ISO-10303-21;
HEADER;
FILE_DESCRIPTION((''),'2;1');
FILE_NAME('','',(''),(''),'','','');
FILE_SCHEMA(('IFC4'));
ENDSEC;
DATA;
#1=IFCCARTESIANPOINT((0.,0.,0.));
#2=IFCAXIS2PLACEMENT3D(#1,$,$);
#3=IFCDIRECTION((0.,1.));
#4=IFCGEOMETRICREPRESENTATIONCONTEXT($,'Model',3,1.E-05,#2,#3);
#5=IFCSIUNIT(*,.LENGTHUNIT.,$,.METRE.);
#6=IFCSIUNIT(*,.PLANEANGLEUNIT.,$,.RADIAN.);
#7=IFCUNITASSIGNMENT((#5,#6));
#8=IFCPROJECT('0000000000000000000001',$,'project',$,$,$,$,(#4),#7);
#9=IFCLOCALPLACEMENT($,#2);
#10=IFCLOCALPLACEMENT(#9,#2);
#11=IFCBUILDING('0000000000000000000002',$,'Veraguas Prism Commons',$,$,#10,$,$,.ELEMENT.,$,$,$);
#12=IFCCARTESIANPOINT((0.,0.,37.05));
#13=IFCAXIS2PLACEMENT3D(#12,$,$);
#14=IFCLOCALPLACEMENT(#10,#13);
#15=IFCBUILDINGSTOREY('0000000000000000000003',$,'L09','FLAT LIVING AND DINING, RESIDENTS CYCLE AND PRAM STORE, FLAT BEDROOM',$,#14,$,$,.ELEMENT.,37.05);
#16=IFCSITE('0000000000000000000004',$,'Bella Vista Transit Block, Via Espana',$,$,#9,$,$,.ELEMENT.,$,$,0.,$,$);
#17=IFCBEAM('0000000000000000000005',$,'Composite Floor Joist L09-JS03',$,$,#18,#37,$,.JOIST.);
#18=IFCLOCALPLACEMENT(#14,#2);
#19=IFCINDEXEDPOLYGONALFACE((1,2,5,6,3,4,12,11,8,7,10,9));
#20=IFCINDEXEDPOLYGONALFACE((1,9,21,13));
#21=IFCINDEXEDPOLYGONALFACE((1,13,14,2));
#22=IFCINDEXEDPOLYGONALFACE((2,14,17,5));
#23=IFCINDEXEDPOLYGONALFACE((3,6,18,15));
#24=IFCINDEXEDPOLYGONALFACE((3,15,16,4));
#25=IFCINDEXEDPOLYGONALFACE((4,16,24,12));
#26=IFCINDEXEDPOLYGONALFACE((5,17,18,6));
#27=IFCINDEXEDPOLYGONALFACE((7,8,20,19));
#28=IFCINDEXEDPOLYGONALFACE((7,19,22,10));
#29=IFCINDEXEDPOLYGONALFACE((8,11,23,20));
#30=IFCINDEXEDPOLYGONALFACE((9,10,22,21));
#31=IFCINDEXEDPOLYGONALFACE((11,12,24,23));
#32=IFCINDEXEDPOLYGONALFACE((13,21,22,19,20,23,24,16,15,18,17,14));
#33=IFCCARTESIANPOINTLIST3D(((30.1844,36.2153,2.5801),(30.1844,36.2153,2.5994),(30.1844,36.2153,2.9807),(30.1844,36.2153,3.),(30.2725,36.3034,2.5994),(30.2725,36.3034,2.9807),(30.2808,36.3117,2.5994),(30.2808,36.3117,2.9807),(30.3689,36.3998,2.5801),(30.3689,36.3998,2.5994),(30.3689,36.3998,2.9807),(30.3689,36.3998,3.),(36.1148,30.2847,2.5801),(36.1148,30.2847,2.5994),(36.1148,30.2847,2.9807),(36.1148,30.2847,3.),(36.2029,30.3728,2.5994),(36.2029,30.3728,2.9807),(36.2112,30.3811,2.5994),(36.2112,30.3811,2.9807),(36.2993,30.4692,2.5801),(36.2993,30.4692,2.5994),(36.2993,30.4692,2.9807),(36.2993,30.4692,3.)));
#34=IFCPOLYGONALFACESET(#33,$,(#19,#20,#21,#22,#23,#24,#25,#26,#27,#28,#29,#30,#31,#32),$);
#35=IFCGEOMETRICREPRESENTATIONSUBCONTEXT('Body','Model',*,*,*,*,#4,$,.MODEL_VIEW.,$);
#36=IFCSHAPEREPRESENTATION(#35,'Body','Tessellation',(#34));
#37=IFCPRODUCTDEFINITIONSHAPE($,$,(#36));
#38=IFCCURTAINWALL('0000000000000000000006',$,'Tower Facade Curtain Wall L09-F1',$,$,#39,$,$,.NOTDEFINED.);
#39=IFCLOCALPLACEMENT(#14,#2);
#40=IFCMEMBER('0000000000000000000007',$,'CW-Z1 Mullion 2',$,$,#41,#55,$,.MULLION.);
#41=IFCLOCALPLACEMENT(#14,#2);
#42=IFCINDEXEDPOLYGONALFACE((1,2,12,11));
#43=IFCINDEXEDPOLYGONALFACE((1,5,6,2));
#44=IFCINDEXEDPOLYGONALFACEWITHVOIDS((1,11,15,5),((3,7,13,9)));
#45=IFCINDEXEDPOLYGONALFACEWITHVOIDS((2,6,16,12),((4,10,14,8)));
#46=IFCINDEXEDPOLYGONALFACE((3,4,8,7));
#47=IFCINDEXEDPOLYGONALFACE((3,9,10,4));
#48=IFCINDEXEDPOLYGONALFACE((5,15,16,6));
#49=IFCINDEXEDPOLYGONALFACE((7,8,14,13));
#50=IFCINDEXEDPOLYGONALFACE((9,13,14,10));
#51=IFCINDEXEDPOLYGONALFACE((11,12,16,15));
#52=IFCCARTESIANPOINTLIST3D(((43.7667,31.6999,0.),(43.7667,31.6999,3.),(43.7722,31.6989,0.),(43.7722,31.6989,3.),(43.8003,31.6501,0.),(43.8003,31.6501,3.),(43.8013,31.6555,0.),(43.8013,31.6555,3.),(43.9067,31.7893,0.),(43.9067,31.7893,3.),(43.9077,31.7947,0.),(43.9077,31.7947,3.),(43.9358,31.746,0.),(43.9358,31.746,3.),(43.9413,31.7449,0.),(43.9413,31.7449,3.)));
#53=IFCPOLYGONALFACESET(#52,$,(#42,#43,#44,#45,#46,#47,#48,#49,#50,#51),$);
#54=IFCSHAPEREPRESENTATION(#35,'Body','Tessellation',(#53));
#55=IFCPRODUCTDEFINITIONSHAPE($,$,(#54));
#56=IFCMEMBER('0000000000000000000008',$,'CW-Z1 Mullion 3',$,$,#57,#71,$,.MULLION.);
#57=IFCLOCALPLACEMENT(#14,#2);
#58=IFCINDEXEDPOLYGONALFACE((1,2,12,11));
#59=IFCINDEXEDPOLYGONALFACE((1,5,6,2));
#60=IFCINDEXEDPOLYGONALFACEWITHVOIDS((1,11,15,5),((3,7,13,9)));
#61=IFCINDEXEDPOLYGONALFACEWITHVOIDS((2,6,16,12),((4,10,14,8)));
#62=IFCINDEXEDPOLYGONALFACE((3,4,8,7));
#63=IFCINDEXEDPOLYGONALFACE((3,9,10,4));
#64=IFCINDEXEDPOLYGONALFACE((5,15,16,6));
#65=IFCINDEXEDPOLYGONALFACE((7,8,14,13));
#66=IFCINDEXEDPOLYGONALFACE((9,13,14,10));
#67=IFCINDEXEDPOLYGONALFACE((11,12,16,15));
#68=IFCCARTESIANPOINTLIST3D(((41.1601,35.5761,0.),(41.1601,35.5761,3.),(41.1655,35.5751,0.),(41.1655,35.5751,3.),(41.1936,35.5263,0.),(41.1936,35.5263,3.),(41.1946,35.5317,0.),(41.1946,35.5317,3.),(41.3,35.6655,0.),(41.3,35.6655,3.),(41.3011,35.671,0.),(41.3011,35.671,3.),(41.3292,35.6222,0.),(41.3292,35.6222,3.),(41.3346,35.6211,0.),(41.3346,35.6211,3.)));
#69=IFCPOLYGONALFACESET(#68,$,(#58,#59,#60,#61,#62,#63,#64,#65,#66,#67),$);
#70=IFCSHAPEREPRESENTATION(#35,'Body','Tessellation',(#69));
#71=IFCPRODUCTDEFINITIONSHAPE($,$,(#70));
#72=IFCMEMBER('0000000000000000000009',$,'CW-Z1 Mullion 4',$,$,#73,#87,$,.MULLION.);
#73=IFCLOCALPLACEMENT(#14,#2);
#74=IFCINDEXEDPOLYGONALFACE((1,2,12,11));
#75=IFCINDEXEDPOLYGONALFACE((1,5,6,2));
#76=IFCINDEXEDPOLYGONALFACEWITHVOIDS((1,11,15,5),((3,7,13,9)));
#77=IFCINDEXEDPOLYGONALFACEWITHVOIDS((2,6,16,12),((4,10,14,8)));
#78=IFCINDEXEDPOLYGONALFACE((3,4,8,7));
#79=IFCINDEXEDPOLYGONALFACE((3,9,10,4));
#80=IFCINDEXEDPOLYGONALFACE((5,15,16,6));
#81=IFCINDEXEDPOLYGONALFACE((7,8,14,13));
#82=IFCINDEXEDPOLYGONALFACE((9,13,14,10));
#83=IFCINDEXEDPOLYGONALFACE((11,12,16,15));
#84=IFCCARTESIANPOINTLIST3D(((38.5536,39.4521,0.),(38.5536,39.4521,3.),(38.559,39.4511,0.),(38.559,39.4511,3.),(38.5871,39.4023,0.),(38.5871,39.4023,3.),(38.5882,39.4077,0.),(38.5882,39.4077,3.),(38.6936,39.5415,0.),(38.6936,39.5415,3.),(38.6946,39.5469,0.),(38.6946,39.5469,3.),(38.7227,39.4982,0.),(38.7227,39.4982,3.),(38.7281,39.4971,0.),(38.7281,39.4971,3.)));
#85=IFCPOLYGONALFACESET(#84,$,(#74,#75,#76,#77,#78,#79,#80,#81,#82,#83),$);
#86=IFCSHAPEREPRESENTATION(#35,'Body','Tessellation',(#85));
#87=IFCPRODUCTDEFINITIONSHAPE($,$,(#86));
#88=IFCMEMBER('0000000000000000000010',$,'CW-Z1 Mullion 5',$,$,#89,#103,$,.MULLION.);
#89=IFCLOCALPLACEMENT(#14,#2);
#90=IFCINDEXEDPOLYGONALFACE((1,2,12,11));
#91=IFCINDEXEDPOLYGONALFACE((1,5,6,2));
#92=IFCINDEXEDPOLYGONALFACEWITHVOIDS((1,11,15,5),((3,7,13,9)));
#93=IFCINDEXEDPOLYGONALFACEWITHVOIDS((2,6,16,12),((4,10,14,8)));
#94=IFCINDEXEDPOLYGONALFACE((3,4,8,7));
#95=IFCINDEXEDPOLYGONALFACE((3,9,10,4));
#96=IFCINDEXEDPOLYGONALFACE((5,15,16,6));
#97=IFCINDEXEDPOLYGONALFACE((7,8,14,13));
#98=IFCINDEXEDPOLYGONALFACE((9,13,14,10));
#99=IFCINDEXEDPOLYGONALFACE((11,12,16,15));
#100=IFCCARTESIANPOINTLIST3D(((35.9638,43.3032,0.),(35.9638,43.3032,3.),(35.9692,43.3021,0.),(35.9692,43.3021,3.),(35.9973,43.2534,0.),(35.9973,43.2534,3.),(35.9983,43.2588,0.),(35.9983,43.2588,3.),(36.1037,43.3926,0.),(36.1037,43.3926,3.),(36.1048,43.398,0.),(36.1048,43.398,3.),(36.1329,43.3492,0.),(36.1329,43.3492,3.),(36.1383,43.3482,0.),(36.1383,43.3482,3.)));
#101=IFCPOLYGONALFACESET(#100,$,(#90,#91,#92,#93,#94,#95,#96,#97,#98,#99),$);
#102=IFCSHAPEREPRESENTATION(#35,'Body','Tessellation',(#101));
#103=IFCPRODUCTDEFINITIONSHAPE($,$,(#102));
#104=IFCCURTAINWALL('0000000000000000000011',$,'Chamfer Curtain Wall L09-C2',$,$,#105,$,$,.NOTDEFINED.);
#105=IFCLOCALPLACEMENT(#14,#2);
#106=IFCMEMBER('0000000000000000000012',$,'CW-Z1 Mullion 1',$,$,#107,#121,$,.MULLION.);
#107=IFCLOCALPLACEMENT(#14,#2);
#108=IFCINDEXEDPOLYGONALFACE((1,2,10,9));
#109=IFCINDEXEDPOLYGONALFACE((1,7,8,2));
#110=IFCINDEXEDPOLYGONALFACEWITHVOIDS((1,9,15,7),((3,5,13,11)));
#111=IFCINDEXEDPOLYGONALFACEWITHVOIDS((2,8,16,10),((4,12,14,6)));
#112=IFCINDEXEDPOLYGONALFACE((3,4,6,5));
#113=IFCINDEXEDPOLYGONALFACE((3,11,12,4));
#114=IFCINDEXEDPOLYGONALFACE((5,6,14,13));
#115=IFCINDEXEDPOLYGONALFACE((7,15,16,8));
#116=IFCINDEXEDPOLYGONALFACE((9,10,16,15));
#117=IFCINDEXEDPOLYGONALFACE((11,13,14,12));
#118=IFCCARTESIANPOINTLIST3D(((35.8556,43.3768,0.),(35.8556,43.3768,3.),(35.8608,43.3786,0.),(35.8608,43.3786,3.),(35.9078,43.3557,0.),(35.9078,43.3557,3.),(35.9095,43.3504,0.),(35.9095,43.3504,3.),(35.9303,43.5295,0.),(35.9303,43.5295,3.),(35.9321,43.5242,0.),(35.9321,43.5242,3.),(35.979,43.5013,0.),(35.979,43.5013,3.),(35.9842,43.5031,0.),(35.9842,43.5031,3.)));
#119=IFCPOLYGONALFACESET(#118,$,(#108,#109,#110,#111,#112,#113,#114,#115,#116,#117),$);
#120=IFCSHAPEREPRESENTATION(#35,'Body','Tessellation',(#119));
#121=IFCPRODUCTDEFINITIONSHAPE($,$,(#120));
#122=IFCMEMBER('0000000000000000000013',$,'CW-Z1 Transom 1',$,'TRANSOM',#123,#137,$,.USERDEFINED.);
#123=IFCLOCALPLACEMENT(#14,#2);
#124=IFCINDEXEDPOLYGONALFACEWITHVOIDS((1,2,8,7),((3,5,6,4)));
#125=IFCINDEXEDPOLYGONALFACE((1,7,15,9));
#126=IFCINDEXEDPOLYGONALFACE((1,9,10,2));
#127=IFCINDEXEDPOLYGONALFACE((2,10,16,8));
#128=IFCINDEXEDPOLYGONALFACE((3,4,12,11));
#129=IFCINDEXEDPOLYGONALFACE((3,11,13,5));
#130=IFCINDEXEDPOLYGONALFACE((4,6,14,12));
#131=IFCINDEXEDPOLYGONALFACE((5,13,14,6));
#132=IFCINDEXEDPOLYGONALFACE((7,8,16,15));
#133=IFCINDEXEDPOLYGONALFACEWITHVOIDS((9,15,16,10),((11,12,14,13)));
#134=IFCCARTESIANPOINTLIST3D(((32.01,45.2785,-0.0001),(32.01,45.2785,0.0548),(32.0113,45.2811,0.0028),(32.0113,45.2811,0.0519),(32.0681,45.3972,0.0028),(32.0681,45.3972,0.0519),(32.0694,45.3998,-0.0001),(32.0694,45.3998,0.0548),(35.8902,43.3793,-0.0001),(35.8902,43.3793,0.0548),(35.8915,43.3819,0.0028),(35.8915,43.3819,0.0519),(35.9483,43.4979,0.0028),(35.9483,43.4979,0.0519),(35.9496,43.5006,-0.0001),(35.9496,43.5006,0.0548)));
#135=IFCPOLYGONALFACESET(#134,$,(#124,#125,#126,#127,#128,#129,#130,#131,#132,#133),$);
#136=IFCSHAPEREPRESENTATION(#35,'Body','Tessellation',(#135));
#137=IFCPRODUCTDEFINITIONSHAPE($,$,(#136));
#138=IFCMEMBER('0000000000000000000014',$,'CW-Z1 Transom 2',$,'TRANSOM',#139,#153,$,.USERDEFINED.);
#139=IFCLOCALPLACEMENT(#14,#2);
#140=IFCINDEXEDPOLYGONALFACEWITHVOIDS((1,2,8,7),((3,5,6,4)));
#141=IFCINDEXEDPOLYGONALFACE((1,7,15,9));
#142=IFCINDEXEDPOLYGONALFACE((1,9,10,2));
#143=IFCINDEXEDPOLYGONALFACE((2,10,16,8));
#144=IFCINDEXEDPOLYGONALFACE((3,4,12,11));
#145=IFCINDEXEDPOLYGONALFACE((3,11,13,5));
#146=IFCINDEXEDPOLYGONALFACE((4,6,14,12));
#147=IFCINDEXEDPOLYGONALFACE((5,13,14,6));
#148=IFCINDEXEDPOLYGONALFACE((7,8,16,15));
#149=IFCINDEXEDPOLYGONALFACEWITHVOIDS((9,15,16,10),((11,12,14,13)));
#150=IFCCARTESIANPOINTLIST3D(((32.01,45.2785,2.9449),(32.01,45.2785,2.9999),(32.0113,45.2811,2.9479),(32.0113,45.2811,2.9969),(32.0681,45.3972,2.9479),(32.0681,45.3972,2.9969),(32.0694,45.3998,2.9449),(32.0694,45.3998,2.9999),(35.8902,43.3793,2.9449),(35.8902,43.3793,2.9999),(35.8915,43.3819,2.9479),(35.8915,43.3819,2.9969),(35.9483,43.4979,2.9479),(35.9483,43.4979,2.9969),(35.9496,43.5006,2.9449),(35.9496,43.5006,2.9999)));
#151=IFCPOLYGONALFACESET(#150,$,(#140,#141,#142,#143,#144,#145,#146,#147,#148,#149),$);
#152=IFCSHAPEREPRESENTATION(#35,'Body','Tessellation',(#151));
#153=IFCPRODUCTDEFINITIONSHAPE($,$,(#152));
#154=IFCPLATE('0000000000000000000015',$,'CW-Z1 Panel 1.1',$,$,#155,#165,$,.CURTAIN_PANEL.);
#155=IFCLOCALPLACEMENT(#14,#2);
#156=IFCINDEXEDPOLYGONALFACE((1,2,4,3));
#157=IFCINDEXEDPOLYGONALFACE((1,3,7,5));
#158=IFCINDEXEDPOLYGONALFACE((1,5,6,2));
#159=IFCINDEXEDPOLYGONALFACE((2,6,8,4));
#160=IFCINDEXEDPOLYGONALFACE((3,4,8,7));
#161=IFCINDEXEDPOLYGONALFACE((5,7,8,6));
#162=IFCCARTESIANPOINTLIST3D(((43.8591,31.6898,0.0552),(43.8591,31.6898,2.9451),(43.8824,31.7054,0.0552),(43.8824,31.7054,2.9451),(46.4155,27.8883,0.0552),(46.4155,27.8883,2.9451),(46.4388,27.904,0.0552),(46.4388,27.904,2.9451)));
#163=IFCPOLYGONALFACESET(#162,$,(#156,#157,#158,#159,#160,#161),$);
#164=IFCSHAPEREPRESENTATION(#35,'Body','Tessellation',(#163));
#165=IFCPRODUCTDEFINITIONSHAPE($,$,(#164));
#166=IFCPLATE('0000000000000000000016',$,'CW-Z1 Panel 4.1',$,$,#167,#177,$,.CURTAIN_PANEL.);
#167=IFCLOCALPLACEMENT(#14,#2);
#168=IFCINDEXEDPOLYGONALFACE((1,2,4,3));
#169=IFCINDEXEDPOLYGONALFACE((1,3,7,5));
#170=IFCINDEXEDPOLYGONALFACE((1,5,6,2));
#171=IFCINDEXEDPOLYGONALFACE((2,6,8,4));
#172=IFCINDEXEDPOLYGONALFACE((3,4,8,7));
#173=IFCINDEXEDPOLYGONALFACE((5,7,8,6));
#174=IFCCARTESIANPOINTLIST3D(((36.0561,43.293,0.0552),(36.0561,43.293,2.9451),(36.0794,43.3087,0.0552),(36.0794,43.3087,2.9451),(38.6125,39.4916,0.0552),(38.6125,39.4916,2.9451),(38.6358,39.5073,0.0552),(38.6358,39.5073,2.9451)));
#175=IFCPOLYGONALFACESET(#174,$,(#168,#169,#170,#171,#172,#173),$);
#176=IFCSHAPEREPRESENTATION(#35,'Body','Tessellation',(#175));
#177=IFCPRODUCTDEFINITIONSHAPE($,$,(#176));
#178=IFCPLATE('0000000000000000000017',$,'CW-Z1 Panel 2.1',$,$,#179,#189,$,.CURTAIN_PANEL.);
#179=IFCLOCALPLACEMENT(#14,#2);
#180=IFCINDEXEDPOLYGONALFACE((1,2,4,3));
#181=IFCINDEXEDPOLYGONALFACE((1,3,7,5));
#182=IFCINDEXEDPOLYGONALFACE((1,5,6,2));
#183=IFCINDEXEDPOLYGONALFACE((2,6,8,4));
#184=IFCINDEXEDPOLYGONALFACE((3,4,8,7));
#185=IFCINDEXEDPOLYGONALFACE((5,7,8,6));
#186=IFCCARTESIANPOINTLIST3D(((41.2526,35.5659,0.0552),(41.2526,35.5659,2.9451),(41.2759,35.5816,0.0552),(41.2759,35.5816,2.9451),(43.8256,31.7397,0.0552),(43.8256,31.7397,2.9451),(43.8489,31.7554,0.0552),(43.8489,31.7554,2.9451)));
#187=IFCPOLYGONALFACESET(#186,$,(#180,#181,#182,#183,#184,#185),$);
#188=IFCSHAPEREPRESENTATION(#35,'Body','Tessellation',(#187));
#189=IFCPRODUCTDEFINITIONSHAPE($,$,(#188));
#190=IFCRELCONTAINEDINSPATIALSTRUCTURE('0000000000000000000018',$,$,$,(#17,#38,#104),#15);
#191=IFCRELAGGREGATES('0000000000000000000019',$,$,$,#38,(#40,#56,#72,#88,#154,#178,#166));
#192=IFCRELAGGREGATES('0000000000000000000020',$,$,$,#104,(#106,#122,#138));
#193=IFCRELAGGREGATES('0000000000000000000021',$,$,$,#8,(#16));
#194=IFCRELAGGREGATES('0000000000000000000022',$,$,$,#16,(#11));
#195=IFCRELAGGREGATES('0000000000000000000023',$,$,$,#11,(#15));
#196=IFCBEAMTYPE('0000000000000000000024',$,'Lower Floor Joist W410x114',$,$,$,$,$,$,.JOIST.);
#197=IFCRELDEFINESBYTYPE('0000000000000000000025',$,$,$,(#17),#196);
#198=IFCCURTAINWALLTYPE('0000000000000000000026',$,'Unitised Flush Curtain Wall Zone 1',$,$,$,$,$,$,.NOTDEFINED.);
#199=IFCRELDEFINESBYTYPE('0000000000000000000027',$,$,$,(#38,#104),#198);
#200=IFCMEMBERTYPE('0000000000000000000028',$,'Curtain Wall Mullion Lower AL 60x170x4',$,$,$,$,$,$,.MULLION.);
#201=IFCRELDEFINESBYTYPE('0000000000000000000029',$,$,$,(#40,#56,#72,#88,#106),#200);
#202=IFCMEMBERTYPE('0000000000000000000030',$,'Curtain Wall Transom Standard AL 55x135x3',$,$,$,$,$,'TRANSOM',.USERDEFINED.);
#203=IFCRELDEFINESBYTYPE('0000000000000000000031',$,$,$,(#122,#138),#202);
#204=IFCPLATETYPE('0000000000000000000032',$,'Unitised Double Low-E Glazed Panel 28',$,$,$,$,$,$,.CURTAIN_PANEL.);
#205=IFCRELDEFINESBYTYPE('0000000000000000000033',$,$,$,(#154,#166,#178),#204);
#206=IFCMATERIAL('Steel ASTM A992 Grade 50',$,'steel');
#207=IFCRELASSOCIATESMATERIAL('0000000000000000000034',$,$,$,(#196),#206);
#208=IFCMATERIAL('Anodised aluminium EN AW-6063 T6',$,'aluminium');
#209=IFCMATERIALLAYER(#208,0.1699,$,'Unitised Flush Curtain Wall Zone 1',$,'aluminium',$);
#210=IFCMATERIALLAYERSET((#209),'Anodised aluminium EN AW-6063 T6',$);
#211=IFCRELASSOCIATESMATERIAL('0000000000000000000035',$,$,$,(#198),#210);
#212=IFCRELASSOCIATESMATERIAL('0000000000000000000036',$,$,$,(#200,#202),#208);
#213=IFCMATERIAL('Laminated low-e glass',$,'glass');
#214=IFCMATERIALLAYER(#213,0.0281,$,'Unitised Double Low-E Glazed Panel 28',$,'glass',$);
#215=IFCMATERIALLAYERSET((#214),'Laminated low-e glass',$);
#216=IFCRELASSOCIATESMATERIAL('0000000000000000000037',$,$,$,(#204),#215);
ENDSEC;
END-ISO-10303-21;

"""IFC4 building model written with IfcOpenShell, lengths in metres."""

from ifc_helpers import new_model, si_unit, direction, frame, origin, origin_2d, place, context, subcontext, project, spatial, rectangle, hollow_rectangle, i_section, extrude, source, transform, mapped, material, layer, layer_set, material_profile, profile_set, type_object, element, aggregate, save


model = new_model("IFC4")

# Units and contexts
model_context = context("Model", 3, precision=1e-05, world=origin(), true_north=direction((0.0, 1.0)))
body_context = subcontext(model_context, "Body", "Model", "MODEL_VIEW")
ifc_project = project(units=[si_unit("LENGTHUNIT", "METRE"), si_unit("PLANEANGLEUNIT", "RADIAN")], contexts=[model_context])

# Site, building, storey
site_placement = place(None, origin())
site = spatial("IfcSite", under=ifc_project, at=site_placement, Name="Bella Vista Transit Block, Via Espana", CompositionType="ELEMENT", RefElevation=0.0)
building_placement = place(site_placement, origin())
building = spatial("IfcBuilding", under=site, at=building_placement, Name="Veraguas Prism Commons", CompositionType="ELEMENT")
storey_placement = place(building_placement, frame((0.0, 0.0, 37.05)))
storey = spatial("IfcBuildingStorey", under=building, at=storey_placement, Name="L09", Description="FLAT LIVING AND DINING, RESIDENTS CYCLE AND PRAM STORE, FLAT BEDROOM", CompositionType="ELEMENT", Elevation=37.05)

# Beam
ifc_material_1 = material(Name="Steel ASTM A992 Grade 50", Category="steel")
ifc_material_profile_1 = material_profile(ifc_material_1, i_section(OverallWidth=0.261, OverallDepth=0.4199, WebThickness=0.0117, FlangeThickness=0.0193, at=origin_2d()), Name="W410X114")
ifc_profile_set_1 = profile_set([ifc_material_profile_1], Name="Steel ASTM A992 Grade 50")
beam_type = type_object("IfcBeamType", Name="Lower Floor Joist W410x114", PredefinedType="JOIST", material=ifc_profile_set_1)
beam_placement = place(storey_placement, frame((36.207, 30.377, 2.79), z_axis=(-0.707092, 0.707121, 0.0), x_axis=(-0.707121, -0.707092, 0.0)))
element("IfcBeam", 1, at=beam_placement, inside=storey, type_object=beam_type, Name="Composite Floor Joist L09-JS03", PredefinedType="JOIST", context=body_context, shape_type="SweptSolid", body=[
    extrude(i_section(OverallWidth=0.261, OverallDepth=0.4199, WebThickness=0.0117, FlangeThickness=0.0193, at=origin_2d()), origin(), (0.0, 0.0, 1.0), 8.387),
])

# Curtain walls, members
ifc_material_2 = material(Name="Anodised aluminium EN AW-6063 T6", Category="aluminium")
ifc_layer_1 = layer(ifc_material_2, 0.1699, Name="Unitised Flush Curtain Wall Zone 1", Category="aluminium")
ifc_layer_set_1 = layer_set([ifc_layer_1], Name="Anodised aluminium EN AW-6063 T6")
curtain_wall_type = type_object("IfcCurtainWallType", Name="Unitised Flush Curtain Wall Zone 1", PredefinedType="NOTDEFINED", material=ifc_layer_set_1)
curtain_wall_1_placement = place(storey_placement, origin())
curtain_wall_1 = element("IfcCurtainWall", 2, at=curtain_wall_1_placement, inside=storey, type_object=curtain_wall_type, Name="Tower Facade Curtain Wall L09-F1", PredefinedType="NOTDEFINED")
ifc_material_profile_2 = material_profile(ifc_material_2, hollow_rectangle(XDim=0.0601, YDim=0.1699, WallThickness=0.0039, at=origin_2d()), Name="AL60X170X4")
ifc_profile_set_2 = profile_set([ifc_material_profile_2], Name="Anodised aluminium EN AW-6063 T6")
member_type_1 = type_object("IfcMemberType", Name="Curtain Wall Mullion Lower AL 60x170x4", PredefinedType="MULLION", material=ifc_profile_set_2)
shared_shape_1 = source(origin(), body_context, "Body", "SweptSolid", [
    extrude(hollow_rectangle(XDim=0.0601, YDim=0.1699, WallThickness=0.0039, at=origin_2d()), origin(), (0.0, 0.0, 1.0), 3.0),
])
member_1_placement = place(storey_placement, frame((43.854, 31.7224, 0.0), z_axis=(0.0, 0.0, 1.0), x_axis=(-0.558035, 0.829818, 0.0)))
member_1 = element("IfcMember", 3, at=member_1_placement, type_object=member_type_1, Name="CW-Z1 Mullion 2", PredefinedType="MULLION", context=body_context, shape_type="MappedRepresentation", body=[
    mapped(shared_shape_1, transform((0.0, 0.0, 0.0), scale=1.0)),
])
member_2_placement = place(storey_placement, frame((41.2473, 35.5986, 0.0), z_axis=(0.0, 0.0, 1.0), x_axis=(-0.558035, 0.829818, 0.0)))
member_2 = element("IfcMember", 4, at=member_2_placement, type_object=member_type_1, Name="CW-Z1 Mullion 3", PredefinedType="MULLION", context=body_context, shape_type="MappedRepresentation", body=[
    mapped(shared_shape_1, transform((0.0, 0.0, 0.0), scale=1.0)),
])
member_3_placement = place(storey_placement, frame((38.6409, 39.4746, 0.0), z_axis=(0.0, 0.0, 1.0), x_axis=(-0.558035, 0.829818, 0.0)))
member_3 = element("IfcMember", 5, at=member_3_placement, type_object=member_type_1, Name="CW-Z1 Mullion 4", PredefinedType="MULLION", context=body_context, shape_type="MappedRepresentation", body=[
    mapped(shared_shape_1, transform((0.0, 0.0, 0.0), scale=1.0)),
])
member_4_placement = place(storey_placement, frame((36.051, 43.3257, 0.0), z_axis=(0.0, 0.0, 1.0), x_axis=(-0.558035, 0.829818, 0.0)))
member_4 = element("IfcMember", 6, at=member_4_placement, type_object=member_type_1, Name="CW-Z1 Mullion 5", PredefinedType="MULLION", context=body_context, shape_type="MappedRepresentation", body=[
    mapped(shared_shape_1, transform((0.0, 0.0, 0.0), scale=1.0)),
])
curtain_wall_2_placement = place(storey_placement, origin())
curtain_wall_2 = element("IfcCurtainWall", 7, at=curtain_wall_2_placement, inside=storey, type_object=curtain_wall_type, Name="Chamfer Curtain Wall L09-C2", PredefinedType="NOTDEFINED")
member_5_placement = place(storey_placement, frame((35.9199, 43.4399, 0.0), z_axis=(0.0, 0.0, 1.0), x_axis=(-0.898185, 0.439618, 0.0)))
member_5 = element("IfcMember", 8, at=member_5_placement, type_object=member_type_1, Name="CW-Z1 Mullion 1", PredefinedType="MULLION", context=body_context, shape_type="MappedRepresentation", body=[
    mapped(shared_shape_1, transform((0.0, 0.0, 0.0), scale=1.0)),
])
ifc_material_profile_3 = material_profile(ifc_material_2, hollow_rectangle(XDim=0.0549, YDim=0.135, WallThickness=0.0029, at=origin_2d()), Name="AL55X135X3")
ifc_profile_set_3 = profile_set([ifc_material_profile_3], Name="Anodised aluminium EN AW-6063 T6")
member_type_2 = type_object("IfcMemberType", Name="Curtain Wall Transom Standard AL 55x135x3", ElementType="TRANSOM", PredefinedType="USERDEFINED", material=ifc_profile_set_3)
shared_shape_2 = source(origin(), body_context, "Body", "SweptSolid", [
    extrude(hollow_rectangle(XDim=0.0549, YDim=0.135, WallThickness=0.0029, at=origin_2d()), origin(), (0.0, 0.0, 1.0), 4.3201),
])
member_6_placement = place(storey_placement, frame((35.9199, 43.4399, 0.0273), z_axis=(-0.898182, 0.439625, 0.0), x_axis=(0.0, 0.0, 1.0)))
member_6 = element("IfcMember", 9, at=member_6_placement, type_object=member_type_2, Name="CW-Z1 Transom 1", ObjectType="TRANSOM", PredefinedType="USERDEFINED", context=body_context, shape_type="MappedRepresentation", body=[
    mapped(shared_shape_2, transform((0.0, 0.0, 0.0), scale=1.0)),
])
member_7_placement = place(storey_placement, frame((35.9199, 43.4399, 2.9724), z_axis=(-0.898182, 0.439625, 0.0), x_axis=(0.0, 0.0, 1.0)))
member_7 = element("IfcMember", 10, at=member_7_placement, type_object=member_type_2, Name="CW-Z1 Transom 2", ObjectType="TRANSOM", PredefinedType="USERDEFINED", context=body_context, shape_type="MappedRepresentation", body=[
    mapped(shared_shape_2, transform((0.0, 0.0, 0.0), scale=1.0)),
])

# Plates
ifc_material_3 = material(Name="Laminated low-e glass", Category="glass")
ifc_layer_2 = layer(ifc_material_3, 0.0281, Name="Unitised Double Low-E Glazed Panel 28", Category="glass")
ifc_layer_set_2 = layer_set([ifc_layer_2], Name="Laminated low-e glass")
plate_type = type_object("IfcPlateType", Name="Unitised Double Low-E Glazed Panel 28", PredefinedType="CURTAIN_PANEL", material=ifc_layer_set_2)
shared_shape_3 = source(origin(), body_context, "Body", "SweptSolid", [
    extrude(rectangle(XDim=4.5811, YDim=0.0281, at=origin_2d()), origin(), (0.0, 0.0, 1.0), 2.8899),
])
plate_1_placement = place(storey_placement, frame((45.1489, 29.7969, 0.0552), z_axis=(0.0, 0.0, 1.0), x_axis=(-0.558035, 0.829818, 0.0)))
plate_1 = element("IfcPlate", 11, at=plate_1_placement, type_object=plate_type, Name="CW-Z1 Panel 1.1", PredefinedType="CURTAIN_PANEL", context=body_context, shape_type="MappedRepresentation", body=[
    mapped(shared_shape_3, transform((0.0, 0.0, 0.0), scale=1.0)),
])
plate_2_placement = place(storey_placement, frame((37.3459, 41.4001, 0.0552), z_axis=(0.0, 0.0, 1.0), x_axis=(-0.558035, 0.829818, 0.0)))
plate_2 = element("IfcPlate", 12, at=plate_2_placement, type_object=plate_type, Name="CW-Z1 Panel 4.1", PredefinedType="CURTAIN_PANEL", context=body_context, shape_type="MappedRepresentation", body=[
    mapped(shared_shape_3, transform((0.0, 0.0, 0.0), scale=1.0)),
])
shared_shape_4 = source(origin(), body_context, "Body", "SweptSolid", [
    extrude(rectangle(XDim=4.6108, YDim=0.0281, at=origin_2d()), origin(), (0.0, 0.0, 1.0), 2.8899),
])
plate_3_placement = place(storey_placement, frame((42.5508, 33.6606, 0.0552), z_axis=(0.0, 0.0, 1.0), x_axis=(-0.558035, 0.829818, 0.0)))
plate_3 = element("IfcPlate", 13, at=plate_3_placement, type_object=plate_type, Name="CW-Z1 Panel 2.1", PredefinedType="CURTAIN_PANEL", context=body_context, shape_type="MappedRepresentation", body=[
    mapped(shared_shape_4, transform((0.0, 0.0, 0.0), scale=1.0)),
])
aggregate(curtain_wall_1, [member_1, member_2, member_3, member_4, plate_1, plate_3, plate_2])
aggregate(curtain_wall_2, [member_5, member_6, member_7])

save(model, "model.ifc")
